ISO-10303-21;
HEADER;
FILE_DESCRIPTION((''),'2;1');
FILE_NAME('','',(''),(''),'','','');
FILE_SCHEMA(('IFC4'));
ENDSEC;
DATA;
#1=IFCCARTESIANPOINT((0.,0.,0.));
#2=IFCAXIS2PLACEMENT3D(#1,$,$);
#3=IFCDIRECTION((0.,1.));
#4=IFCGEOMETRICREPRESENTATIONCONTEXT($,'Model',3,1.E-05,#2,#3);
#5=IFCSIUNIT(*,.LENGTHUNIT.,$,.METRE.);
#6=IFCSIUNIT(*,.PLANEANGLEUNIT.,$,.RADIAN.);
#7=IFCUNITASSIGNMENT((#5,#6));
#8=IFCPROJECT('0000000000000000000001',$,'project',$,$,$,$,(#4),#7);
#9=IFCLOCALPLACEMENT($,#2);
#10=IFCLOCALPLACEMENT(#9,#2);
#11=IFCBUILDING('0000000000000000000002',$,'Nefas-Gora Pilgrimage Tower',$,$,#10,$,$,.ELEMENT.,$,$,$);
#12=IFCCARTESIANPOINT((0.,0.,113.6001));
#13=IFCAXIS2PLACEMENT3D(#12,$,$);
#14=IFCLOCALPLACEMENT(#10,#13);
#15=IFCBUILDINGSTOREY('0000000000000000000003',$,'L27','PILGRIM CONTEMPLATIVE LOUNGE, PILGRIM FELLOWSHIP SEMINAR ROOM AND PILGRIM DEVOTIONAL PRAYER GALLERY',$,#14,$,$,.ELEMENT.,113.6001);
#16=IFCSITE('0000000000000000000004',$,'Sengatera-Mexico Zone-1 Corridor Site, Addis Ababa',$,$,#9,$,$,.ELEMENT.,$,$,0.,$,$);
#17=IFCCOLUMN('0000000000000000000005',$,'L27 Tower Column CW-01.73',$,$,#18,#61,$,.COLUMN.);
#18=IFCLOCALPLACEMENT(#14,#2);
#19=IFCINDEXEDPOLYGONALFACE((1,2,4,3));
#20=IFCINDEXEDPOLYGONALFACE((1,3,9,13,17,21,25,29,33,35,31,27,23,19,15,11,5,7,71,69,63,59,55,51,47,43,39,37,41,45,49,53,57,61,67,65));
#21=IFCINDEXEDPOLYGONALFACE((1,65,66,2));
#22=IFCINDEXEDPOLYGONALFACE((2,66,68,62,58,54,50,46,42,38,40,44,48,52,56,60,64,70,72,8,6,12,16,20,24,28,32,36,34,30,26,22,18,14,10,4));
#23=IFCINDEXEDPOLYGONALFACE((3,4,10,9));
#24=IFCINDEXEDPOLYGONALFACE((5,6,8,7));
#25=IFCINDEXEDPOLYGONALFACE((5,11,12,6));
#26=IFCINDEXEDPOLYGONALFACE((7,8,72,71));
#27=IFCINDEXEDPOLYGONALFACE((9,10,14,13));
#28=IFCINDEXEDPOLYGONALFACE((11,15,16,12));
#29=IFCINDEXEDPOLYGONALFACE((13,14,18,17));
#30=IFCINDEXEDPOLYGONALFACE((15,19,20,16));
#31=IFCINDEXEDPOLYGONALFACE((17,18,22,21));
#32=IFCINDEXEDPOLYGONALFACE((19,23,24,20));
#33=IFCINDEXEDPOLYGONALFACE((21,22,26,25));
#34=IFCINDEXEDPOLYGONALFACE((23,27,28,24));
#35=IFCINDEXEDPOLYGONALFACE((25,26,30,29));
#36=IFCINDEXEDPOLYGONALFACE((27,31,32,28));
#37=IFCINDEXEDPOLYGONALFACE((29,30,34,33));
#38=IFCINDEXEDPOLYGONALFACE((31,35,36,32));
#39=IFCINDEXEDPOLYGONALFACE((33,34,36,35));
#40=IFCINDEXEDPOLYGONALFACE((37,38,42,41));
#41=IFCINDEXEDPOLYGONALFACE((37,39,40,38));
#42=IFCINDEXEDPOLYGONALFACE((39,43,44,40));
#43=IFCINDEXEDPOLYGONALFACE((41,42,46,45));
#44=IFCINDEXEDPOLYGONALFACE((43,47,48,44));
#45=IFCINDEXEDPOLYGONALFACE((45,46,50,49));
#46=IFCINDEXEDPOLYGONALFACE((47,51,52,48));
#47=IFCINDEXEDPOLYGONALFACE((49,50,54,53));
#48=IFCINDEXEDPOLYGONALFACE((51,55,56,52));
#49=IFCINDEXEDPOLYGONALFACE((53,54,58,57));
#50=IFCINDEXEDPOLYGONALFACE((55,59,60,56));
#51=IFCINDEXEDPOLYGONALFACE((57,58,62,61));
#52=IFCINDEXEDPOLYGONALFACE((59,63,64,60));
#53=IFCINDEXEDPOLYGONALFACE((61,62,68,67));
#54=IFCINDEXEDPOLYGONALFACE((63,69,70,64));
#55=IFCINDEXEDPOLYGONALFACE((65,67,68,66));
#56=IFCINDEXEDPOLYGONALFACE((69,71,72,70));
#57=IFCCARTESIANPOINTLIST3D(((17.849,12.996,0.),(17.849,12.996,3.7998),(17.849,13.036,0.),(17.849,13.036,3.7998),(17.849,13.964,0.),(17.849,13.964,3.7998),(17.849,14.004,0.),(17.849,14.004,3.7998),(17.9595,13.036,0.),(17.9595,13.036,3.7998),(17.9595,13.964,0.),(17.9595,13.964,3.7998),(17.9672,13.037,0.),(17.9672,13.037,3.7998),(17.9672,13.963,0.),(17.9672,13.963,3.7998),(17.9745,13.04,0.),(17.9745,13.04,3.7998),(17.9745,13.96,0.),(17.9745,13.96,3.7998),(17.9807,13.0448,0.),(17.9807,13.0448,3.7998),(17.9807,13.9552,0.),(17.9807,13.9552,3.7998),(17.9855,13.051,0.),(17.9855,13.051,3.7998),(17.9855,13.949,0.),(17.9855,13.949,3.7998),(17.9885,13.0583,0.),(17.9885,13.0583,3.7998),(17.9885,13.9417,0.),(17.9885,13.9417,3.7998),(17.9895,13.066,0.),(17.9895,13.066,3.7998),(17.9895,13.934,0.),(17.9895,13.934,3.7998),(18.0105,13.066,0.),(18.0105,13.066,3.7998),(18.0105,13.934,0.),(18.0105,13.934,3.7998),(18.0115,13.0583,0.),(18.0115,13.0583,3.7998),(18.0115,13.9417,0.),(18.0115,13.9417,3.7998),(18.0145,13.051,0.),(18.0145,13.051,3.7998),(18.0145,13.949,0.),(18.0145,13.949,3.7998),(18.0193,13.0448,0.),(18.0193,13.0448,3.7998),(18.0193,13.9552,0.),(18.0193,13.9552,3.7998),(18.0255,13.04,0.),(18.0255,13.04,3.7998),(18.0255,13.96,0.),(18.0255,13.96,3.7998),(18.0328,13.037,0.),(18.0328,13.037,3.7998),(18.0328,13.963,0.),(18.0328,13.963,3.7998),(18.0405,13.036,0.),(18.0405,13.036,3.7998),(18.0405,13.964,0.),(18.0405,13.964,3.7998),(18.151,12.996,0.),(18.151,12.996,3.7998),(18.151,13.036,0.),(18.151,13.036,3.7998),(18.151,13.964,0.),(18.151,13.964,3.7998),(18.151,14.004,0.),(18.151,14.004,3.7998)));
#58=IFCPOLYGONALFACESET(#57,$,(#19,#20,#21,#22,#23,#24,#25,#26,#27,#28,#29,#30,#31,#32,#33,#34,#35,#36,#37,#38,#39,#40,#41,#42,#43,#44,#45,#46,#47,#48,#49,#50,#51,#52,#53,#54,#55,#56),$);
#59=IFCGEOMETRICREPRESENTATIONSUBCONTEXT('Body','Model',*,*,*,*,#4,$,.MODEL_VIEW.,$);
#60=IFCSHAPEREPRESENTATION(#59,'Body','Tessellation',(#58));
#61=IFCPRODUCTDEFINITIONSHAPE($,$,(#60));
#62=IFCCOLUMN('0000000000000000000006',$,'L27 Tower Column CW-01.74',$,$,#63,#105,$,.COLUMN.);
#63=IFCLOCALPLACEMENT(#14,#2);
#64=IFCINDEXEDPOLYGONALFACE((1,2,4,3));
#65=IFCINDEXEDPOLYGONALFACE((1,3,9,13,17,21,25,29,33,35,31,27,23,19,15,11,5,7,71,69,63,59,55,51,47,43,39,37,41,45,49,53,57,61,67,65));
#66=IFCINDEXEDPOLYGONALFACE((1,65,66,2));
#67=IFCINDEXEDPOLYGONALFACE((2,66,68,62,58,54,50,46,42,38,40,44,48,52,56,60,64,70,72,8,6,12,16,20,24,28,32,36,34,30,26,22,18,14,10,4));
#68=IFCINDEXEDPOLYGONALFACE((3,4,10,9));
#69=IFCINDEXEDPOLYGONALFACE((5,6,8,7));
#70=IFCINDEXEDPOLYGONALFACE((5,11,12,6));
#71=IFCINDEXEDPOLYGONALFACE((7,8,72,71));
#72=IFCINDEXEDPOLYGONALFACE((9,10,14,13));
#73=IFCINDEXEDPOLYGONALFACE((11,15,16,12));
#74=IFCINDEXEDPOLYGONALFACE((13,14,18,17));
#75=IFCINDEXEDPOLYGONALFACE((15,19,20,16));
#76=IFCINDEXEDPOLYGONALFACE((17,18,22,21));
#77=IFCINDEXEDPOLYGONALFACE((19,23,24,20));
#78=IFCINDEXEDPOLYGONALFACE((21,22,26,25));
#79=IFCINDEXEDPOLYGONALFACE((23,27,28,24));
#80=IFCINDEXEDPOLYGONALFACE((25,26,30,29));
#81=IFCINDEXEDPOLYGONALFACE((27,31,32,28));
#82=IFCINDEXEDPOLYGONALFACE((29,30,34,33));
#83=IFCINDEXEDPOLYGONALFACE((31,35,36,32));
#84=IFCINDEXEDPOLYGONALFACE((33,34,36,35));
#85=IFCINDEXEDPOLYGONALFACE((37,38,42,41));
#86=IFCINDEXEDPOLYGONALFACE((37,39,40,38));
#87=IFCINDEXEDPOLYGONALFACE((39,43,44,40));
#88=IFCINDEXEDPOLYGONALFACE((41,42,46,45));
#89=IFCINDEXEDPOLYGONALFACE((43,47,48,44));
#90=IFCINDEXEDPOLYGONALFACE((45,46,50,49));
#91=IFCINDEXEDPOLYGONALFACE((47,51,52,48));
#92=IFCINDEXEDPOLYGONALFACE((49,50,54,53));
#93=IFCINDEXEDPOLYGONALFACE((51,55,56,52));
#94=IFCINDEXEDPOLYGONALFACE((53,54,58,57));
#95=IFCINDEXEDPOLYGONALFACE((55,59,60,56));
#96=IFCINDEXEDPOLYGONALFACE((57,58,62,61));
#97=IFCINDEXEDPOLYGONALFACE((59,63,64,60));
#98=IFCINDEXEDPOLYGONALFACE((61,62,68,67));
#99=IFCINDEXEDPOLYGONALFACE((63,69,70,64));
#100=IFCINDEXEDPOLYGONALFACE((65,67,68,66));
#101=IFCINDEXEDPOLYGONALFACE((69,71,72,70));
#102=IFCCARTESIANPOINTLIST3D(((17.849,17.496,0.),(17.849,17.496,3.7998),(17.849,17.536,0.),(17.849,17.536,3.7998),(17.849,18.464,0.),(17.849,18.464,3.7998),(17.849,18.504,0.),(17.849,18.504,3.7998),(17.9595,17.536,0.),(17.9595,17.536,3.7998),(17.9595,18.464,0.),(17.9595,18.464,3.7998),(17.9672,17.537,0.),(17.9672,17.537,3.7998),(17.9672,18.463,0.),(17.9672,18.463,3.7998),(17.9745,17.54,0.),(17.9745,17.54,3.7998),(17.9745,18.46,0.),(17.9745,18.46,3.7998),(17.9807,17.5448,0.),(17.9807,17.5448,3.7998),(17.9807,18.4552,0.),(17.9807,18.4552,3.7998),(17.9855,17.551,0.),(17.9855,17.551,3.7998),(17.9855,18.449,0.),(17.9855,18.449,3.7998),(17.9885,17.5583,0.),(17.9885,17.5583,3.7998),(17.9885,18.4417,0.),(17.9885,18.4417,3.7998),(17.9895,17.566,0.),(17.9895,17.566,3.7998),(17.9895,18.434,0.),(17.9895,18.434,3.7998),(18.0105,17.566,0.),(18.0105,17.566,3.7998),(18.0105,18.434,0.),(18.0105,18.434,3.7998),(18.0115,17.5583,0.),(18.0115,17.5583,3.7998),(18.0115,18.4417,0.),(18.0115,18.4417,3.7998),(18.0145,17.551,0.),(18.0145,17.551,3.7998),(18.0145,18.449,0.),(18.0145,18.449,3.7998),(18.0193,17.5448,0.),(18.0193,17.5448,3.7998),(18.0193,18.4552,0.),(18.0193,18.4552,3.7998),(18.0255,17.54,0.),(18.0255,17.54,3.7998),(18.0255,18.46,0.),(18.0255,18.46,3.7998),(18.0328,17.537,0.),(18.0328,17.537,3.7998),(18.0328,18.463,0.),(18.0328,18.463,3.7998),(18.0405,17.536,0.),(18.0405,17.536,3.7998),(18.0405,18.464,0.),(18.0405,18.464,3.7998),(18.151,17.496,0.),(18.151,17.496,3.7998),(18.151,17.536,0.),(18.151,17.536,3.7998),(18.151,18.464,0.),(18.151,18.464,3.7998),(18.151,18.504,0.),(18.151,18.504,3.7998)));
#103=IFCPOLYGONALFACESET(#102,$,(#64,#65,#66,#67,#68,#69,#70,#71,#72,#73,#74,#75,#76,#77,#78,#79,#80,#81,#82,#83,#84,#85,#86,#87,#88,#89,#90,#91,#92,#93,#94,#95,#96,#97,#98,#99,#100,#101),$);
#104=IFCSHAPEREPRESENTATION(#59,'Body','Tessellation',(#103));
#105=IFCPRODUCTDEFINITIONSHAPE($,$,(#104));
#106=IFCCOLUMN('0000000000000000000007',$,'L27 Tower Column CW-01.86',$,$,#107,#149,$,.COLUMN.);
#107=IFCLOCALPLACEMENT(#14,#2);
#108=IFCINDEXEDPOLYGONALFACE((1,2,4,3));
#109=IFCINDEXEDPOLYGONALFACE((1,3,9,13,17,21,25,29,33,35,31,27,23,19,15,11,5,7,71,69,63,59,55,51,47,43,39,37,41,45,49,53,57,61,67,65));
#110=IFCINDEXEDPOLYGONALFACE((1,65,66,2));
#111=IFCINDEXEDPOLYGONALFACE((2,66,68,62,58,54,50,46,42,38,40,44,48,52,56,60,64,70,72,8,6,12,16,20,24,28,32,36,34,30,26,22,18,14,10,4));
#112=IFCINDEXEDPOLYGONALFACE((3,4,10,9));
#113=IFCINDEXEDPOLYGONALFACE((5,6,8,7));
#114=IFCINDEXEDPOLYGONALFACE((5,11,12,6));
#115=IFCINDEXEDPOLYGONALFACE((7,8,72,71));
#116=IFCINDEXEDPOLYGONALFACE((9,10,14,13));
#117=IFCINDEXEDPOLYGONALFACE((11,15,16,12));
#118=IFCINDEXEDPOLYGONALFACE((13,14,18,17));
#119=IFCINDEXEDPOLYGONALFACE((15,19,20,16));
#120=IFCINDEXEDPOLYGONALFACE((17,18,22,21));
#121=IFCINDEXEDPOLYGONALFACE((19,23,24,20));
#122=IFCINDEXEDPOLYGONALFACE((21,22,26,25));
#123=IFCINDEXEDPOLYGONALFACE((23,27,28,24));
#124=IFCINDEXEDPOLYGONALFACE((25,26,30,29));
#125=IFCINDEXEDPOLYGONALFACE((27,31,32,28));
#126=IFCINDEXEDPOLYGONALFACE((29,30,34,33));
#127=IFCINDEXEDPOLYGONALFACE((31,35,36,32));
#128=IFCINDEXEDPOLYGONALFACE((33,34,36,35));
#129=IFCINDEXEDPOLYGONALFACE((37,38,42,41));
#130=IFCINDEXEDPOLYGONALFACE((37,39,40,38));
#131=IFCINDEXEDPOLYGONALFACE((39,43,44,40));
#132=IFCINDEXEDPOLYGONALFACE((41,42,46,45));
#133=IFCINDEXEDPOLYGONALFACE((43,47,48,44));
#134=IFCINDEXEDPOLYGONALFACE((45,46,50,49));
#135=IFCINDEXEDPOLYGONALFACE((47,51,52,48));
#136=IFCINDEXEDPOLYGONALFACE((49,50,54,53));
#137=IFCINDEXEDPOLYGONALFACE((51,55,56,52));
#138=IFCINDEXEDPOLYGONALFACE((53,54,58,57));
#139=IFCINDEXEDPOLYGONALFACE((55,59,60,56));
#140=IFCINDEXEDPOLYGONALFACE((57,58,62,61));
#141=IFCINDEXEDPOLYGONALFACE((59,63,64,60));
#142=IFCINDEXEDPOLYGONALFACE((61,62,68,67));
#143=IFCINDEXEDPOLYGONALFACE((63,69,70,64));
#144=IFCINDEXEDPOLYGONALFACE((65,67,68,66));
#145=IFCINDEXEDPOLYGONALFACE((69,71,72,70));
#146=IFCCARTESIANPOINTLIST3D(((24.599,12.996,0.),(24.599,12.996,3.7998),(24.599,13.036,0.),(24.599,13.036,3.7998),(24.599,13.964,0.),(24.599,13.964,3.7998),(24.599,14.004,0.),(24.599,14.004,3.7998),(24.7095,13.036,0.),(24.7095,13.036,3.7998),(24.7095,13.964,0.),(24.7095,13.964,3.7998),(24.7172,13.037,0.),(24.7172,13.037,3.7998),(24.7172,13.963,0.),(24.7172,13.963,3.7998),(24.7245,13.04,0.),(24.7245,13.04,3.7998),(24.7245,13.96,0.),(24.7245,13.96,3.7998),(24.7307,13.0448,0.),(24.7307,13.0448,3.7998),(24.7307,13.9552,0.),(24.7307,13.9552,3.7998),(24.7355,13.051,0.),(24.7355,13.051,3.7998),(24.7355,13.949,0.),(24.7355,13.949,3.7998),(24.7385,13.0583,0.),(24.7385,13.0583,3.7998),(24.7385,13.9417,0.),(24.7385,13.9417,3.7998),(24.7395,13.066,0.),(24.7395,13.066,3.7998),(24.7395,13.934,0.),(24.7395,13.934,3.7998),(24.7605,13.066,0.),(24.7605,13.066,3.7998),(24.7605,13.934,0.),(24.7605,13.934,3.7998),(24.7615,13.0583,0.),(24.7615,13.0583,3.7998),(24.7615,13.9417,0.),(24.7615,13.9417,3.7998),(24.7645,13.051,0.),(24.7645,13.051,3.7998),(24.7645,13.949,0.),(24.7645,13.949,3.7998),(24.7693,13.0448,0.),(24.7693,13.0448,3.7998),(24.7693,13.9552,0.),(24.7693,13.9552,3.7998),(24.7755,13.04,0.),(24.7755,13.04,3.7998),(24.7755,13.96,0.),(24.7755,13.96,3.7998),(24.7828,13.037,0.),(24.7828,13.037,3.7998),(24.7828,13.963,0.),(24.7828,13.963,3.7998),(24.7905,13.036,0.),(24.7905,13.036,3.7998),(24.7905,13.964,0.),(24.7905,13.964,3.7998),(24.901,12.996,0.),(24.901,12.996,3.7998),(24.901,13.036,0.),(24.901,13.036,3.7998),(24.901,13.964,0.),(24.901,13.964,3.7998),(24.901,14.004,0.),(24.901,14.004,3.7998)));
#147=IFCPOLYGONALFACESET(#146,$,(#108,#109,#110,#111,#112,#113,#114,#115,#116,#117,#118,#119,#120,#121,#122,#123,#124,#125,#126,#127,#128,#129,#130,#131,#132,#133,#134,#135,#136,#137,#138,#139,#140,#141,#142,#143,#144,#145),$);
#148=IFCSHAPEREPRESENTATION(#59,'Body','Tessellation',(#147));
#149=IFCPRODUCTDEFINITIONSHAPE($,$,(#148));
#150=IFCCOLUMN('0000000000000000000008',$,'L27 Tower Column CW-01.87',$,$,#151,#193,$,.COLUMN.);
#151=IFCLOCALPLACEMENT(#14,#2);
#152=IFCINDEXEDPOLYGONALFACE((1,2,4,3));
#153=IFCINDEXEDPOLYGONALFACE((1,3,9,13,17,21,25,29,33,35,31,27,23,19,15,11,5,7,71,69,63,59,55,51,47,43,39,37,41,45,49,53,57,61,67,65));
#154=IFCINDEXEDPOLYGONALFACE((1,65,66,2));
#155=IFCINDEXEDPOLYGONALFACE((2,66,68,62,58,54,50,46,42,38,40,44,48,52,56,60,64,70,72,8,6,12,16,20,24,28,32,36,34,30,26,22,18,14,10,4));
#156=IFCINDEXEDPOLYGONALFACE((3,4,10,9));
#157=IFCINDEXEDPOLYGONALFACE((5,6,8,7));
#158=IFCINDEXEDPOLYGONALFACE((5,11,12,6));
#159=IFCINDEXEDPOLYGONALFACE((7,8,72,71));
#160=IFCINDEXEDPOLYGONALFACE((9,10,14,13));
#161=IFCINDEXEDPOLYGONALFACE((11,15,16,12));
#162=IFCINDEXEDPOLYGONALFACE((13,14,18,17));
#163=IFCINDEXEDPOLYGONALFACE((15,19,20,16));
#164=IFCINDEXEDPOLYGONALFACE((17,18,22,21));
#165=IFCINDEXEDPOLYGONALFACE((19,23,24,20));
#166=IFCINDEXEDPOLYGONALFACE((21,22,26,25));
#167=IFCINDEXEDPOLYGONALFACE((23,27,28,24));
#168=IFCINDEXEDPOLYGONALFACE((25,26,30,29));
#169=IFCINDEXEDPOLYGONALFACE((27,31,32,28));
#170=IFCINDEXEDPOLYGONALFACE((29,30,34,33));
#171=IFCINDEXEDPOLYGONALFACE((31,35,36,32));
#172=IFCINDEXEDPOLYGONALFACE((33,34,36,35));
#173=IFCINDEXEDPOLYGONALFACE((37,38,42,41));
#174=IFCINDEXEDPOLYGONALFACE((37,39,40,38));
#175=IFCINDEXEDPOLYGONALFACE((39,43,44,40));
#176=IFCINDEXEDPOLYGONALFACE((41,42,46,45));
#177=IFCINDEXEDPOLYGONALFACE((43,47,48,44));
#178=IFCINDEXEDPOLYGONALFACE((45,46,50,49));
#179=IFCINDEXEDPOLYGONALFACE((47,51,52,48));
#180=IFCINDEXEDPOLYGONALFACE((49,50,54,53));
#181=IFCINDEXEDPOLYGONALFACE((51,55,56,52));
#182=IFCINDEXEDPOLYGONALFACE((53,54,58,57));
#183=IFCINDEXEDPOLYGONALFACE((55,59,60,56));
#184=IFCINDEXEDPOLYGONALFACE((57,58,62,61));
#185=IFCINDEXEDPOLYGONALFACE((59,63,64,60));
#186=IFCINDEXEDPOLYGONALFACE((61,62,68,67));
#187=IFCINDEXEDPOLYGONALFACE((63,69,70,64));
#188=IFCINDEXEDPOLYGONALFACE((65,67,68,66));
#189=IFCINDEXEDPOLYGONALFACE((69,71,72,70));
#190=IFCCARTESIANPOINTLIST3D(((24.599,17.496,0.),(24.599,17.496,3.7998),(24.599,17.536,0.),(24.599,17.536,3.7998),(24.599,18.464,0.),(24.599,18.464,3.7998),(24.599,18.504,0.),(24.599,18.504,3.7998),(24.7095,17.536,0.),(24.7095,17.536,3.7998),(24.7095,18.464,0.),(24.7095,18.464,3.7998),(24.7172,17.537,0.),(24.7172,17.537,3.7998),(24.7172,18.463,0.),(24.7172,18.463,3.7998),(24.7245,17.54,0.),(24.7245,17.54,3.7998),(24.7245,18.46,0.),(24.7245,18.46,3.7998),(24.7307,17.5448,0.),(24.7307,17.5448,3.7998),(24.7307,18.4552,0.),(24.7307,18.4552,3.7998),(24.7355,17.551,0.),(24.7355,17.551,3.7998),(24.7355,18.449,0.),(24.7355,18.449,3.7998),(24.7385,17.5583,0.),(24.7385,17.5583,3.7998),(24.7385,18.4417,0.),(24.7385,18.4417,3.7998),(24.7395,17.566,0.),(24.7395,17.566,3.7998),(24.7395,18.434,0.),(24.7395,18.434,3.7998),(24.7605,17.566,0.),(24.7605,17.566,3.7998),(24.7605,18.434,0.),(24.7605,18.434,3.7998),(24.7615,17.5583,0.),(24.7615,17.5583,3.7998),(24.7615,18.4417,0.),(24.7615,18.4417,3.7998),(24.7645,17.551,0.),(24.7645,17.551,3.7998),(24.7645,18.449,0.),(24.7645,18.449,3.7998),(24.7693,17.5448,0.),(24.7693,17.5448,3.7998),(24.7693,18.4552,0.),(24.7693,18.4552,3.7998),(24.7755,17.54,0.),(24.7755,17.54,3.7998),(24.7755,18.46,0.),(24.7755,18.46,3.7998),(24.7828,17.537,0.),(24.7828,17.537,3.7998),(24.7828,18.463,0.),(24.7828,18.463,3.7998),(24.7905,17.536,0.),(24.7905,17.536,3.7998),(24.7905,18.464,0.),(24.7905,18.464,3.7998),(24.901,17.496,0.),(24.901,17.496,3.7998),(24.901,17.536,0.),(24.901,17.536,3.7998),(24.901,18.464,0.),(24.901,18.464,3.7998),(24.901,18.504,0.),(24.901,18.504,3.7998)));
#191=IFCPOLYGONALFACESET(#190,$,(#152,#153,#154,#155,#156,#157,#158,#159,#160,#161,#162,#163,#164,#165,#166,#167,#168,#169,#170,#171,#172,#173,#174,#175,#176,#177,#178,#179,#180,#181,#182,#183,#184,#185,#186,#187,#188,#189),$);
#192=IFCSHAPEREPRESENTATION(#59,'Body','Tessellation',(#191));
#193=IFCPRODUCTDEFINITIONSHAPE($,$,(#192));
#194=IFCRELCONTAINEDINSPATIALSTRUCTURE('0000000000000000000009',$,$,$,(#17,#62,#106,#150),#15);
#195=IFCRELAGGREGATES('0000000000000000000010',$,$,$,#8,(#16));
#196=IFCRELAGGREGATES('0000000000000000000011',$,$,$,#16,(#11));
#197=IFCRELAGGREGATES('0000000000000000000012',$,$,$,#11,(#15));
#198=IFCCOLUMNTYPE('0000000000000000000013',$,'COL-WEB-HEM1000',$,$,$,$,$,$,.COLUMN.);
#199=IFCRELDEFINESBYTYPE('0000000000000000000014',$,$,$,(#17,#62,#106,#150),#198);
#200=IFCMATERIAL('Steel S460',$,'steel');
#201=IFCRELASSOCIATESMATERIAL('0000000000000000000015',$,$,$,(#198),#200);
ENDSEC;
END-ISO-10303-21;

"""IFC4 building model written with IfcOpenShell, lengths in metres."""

from ifc_helpers import new_model, si_unit, direction, frame, origin, origin_2d, place, context, subcontext, project, spatial, i_section, extrude, source, transform, mapped, material, material_profile, profile_set, type_object, element, save


model = new_model("IFC4")

# Units and contexts
model_context = context("Model", 3, precision=1e-05, world=origin(), true_north=direction((0.0, 1.0)))
body_context = subcontext(model_context, "Body", "Model", "MODEL_VIEW")
ifc_project = project(units=[si_unit("LENGTHUNIT", "METRE"), si_unit("PLANEANGLEUNIT", "RADIAN")], contexts=[model_context])

# Site, building, storey
site_placement = place(None, origin())
site = spatial("IfcSite", under=ifc_project, at=site_placement, Name="Sengatera-Mexico Zone-1 Corridor Site, Addis Ababa", CompositionType="ELEMENT", RefElevation=0.0)
building_placement = place(site_placement, origin())
building = spatial("IfcBuilding", under=site, at=building_placement, Name="Nefas-Gora Pilgrimage Tower", CompositionType="ELEMENT")
storey_placement = place(building_placement, frame((0.0, 0.0, 113.6001)))
storey = spatial("IfcBuildingStorey", under=building, at=storey_placement, Name="L27", Description="PILGRIM CONTEMPLATIVE LOUNGE, PILGRIM FELLOWSHIP SEMINAR ROOM AND PILGRIM DEVOTIONAL PRAYER GALLERY", CompositionType="ELEMENT", Elevation=113.6001)

# Columns
ifc_material_1 = material(Name="Steel S460", Category="steel")
ifc_material_profile_1 = material_profile(ifc_material_1, i_section(OverallWidth=0.302, OverallDepth=1.0081, WebThickness=0.021, FlangeThickness=0.04, FilletRadius=0.03, at=origin_2d()), Name="HEM 1000")
ifc_profile_set_1 = profile_set([ifc_material_profile_1], Name="Steel S460")
column_type_1 = type_object("IfcColumnType", Name="COL-WEB-HEM1000", PredefinedType="COLUMN", material=ifc_profile_set_1)
shared_shape_1 = source(origin(), body_context, "Body", "SweptSolid", [
    extrude(i_section(OverallWidth=0.302, OverallDepth=1.0081, WebThickness=0.021, FlangeThickness=0.04, FilletRadius=0.03, at=origin_2d()), origin(), (0.0, 0.0, 1.0), 3.7998),
])
for number, where, z_axis, x_axis, name in (
    (1, (18.0, 13.5, 0.0), (0.0, 0.0, 1.0), (1.0, 0.0, 0.0), "L27 Tower Column CW-01.73"),
    (2, (18.0, 18.0, 0.0), (0.0, 0.0, 1.0), (1.0, 0.0, 0.0), "L27 Tower Column CW-01.74"),
    (3, (24.75, 13.5, 0.0), (0.0, 0.0, 1.0), (1.0, 0.0, 0.0), "L27 Tower Column CW-01.86"),
    (4, (24.75, 18.0, 0.0), (0.0, 0.0, 1.0), (1.0, 0.0, 0.0), "L27 Tower Column CW-01.87"),
):
    element("IfcColumn", number, at=place(storey_placement, frame(where, z_axis=z_axis, x_axis=x_axis)), inside=storey, type_object=column_type_1, Name=name, PredefinedType="COLUMN", context=body_context, shape_type="MappedRepresentation", body=[
        mapped(shared_shape_1, transform((0.0, 0.0, 0.0), x_axis=(1.0, 0.0, 0.0), y_axis=(0.0, 1.0, 0.0), z_axis=(0.0, 0.0, 1.0), scale=1.0)),
    ])

save(model, "model.ifc")
